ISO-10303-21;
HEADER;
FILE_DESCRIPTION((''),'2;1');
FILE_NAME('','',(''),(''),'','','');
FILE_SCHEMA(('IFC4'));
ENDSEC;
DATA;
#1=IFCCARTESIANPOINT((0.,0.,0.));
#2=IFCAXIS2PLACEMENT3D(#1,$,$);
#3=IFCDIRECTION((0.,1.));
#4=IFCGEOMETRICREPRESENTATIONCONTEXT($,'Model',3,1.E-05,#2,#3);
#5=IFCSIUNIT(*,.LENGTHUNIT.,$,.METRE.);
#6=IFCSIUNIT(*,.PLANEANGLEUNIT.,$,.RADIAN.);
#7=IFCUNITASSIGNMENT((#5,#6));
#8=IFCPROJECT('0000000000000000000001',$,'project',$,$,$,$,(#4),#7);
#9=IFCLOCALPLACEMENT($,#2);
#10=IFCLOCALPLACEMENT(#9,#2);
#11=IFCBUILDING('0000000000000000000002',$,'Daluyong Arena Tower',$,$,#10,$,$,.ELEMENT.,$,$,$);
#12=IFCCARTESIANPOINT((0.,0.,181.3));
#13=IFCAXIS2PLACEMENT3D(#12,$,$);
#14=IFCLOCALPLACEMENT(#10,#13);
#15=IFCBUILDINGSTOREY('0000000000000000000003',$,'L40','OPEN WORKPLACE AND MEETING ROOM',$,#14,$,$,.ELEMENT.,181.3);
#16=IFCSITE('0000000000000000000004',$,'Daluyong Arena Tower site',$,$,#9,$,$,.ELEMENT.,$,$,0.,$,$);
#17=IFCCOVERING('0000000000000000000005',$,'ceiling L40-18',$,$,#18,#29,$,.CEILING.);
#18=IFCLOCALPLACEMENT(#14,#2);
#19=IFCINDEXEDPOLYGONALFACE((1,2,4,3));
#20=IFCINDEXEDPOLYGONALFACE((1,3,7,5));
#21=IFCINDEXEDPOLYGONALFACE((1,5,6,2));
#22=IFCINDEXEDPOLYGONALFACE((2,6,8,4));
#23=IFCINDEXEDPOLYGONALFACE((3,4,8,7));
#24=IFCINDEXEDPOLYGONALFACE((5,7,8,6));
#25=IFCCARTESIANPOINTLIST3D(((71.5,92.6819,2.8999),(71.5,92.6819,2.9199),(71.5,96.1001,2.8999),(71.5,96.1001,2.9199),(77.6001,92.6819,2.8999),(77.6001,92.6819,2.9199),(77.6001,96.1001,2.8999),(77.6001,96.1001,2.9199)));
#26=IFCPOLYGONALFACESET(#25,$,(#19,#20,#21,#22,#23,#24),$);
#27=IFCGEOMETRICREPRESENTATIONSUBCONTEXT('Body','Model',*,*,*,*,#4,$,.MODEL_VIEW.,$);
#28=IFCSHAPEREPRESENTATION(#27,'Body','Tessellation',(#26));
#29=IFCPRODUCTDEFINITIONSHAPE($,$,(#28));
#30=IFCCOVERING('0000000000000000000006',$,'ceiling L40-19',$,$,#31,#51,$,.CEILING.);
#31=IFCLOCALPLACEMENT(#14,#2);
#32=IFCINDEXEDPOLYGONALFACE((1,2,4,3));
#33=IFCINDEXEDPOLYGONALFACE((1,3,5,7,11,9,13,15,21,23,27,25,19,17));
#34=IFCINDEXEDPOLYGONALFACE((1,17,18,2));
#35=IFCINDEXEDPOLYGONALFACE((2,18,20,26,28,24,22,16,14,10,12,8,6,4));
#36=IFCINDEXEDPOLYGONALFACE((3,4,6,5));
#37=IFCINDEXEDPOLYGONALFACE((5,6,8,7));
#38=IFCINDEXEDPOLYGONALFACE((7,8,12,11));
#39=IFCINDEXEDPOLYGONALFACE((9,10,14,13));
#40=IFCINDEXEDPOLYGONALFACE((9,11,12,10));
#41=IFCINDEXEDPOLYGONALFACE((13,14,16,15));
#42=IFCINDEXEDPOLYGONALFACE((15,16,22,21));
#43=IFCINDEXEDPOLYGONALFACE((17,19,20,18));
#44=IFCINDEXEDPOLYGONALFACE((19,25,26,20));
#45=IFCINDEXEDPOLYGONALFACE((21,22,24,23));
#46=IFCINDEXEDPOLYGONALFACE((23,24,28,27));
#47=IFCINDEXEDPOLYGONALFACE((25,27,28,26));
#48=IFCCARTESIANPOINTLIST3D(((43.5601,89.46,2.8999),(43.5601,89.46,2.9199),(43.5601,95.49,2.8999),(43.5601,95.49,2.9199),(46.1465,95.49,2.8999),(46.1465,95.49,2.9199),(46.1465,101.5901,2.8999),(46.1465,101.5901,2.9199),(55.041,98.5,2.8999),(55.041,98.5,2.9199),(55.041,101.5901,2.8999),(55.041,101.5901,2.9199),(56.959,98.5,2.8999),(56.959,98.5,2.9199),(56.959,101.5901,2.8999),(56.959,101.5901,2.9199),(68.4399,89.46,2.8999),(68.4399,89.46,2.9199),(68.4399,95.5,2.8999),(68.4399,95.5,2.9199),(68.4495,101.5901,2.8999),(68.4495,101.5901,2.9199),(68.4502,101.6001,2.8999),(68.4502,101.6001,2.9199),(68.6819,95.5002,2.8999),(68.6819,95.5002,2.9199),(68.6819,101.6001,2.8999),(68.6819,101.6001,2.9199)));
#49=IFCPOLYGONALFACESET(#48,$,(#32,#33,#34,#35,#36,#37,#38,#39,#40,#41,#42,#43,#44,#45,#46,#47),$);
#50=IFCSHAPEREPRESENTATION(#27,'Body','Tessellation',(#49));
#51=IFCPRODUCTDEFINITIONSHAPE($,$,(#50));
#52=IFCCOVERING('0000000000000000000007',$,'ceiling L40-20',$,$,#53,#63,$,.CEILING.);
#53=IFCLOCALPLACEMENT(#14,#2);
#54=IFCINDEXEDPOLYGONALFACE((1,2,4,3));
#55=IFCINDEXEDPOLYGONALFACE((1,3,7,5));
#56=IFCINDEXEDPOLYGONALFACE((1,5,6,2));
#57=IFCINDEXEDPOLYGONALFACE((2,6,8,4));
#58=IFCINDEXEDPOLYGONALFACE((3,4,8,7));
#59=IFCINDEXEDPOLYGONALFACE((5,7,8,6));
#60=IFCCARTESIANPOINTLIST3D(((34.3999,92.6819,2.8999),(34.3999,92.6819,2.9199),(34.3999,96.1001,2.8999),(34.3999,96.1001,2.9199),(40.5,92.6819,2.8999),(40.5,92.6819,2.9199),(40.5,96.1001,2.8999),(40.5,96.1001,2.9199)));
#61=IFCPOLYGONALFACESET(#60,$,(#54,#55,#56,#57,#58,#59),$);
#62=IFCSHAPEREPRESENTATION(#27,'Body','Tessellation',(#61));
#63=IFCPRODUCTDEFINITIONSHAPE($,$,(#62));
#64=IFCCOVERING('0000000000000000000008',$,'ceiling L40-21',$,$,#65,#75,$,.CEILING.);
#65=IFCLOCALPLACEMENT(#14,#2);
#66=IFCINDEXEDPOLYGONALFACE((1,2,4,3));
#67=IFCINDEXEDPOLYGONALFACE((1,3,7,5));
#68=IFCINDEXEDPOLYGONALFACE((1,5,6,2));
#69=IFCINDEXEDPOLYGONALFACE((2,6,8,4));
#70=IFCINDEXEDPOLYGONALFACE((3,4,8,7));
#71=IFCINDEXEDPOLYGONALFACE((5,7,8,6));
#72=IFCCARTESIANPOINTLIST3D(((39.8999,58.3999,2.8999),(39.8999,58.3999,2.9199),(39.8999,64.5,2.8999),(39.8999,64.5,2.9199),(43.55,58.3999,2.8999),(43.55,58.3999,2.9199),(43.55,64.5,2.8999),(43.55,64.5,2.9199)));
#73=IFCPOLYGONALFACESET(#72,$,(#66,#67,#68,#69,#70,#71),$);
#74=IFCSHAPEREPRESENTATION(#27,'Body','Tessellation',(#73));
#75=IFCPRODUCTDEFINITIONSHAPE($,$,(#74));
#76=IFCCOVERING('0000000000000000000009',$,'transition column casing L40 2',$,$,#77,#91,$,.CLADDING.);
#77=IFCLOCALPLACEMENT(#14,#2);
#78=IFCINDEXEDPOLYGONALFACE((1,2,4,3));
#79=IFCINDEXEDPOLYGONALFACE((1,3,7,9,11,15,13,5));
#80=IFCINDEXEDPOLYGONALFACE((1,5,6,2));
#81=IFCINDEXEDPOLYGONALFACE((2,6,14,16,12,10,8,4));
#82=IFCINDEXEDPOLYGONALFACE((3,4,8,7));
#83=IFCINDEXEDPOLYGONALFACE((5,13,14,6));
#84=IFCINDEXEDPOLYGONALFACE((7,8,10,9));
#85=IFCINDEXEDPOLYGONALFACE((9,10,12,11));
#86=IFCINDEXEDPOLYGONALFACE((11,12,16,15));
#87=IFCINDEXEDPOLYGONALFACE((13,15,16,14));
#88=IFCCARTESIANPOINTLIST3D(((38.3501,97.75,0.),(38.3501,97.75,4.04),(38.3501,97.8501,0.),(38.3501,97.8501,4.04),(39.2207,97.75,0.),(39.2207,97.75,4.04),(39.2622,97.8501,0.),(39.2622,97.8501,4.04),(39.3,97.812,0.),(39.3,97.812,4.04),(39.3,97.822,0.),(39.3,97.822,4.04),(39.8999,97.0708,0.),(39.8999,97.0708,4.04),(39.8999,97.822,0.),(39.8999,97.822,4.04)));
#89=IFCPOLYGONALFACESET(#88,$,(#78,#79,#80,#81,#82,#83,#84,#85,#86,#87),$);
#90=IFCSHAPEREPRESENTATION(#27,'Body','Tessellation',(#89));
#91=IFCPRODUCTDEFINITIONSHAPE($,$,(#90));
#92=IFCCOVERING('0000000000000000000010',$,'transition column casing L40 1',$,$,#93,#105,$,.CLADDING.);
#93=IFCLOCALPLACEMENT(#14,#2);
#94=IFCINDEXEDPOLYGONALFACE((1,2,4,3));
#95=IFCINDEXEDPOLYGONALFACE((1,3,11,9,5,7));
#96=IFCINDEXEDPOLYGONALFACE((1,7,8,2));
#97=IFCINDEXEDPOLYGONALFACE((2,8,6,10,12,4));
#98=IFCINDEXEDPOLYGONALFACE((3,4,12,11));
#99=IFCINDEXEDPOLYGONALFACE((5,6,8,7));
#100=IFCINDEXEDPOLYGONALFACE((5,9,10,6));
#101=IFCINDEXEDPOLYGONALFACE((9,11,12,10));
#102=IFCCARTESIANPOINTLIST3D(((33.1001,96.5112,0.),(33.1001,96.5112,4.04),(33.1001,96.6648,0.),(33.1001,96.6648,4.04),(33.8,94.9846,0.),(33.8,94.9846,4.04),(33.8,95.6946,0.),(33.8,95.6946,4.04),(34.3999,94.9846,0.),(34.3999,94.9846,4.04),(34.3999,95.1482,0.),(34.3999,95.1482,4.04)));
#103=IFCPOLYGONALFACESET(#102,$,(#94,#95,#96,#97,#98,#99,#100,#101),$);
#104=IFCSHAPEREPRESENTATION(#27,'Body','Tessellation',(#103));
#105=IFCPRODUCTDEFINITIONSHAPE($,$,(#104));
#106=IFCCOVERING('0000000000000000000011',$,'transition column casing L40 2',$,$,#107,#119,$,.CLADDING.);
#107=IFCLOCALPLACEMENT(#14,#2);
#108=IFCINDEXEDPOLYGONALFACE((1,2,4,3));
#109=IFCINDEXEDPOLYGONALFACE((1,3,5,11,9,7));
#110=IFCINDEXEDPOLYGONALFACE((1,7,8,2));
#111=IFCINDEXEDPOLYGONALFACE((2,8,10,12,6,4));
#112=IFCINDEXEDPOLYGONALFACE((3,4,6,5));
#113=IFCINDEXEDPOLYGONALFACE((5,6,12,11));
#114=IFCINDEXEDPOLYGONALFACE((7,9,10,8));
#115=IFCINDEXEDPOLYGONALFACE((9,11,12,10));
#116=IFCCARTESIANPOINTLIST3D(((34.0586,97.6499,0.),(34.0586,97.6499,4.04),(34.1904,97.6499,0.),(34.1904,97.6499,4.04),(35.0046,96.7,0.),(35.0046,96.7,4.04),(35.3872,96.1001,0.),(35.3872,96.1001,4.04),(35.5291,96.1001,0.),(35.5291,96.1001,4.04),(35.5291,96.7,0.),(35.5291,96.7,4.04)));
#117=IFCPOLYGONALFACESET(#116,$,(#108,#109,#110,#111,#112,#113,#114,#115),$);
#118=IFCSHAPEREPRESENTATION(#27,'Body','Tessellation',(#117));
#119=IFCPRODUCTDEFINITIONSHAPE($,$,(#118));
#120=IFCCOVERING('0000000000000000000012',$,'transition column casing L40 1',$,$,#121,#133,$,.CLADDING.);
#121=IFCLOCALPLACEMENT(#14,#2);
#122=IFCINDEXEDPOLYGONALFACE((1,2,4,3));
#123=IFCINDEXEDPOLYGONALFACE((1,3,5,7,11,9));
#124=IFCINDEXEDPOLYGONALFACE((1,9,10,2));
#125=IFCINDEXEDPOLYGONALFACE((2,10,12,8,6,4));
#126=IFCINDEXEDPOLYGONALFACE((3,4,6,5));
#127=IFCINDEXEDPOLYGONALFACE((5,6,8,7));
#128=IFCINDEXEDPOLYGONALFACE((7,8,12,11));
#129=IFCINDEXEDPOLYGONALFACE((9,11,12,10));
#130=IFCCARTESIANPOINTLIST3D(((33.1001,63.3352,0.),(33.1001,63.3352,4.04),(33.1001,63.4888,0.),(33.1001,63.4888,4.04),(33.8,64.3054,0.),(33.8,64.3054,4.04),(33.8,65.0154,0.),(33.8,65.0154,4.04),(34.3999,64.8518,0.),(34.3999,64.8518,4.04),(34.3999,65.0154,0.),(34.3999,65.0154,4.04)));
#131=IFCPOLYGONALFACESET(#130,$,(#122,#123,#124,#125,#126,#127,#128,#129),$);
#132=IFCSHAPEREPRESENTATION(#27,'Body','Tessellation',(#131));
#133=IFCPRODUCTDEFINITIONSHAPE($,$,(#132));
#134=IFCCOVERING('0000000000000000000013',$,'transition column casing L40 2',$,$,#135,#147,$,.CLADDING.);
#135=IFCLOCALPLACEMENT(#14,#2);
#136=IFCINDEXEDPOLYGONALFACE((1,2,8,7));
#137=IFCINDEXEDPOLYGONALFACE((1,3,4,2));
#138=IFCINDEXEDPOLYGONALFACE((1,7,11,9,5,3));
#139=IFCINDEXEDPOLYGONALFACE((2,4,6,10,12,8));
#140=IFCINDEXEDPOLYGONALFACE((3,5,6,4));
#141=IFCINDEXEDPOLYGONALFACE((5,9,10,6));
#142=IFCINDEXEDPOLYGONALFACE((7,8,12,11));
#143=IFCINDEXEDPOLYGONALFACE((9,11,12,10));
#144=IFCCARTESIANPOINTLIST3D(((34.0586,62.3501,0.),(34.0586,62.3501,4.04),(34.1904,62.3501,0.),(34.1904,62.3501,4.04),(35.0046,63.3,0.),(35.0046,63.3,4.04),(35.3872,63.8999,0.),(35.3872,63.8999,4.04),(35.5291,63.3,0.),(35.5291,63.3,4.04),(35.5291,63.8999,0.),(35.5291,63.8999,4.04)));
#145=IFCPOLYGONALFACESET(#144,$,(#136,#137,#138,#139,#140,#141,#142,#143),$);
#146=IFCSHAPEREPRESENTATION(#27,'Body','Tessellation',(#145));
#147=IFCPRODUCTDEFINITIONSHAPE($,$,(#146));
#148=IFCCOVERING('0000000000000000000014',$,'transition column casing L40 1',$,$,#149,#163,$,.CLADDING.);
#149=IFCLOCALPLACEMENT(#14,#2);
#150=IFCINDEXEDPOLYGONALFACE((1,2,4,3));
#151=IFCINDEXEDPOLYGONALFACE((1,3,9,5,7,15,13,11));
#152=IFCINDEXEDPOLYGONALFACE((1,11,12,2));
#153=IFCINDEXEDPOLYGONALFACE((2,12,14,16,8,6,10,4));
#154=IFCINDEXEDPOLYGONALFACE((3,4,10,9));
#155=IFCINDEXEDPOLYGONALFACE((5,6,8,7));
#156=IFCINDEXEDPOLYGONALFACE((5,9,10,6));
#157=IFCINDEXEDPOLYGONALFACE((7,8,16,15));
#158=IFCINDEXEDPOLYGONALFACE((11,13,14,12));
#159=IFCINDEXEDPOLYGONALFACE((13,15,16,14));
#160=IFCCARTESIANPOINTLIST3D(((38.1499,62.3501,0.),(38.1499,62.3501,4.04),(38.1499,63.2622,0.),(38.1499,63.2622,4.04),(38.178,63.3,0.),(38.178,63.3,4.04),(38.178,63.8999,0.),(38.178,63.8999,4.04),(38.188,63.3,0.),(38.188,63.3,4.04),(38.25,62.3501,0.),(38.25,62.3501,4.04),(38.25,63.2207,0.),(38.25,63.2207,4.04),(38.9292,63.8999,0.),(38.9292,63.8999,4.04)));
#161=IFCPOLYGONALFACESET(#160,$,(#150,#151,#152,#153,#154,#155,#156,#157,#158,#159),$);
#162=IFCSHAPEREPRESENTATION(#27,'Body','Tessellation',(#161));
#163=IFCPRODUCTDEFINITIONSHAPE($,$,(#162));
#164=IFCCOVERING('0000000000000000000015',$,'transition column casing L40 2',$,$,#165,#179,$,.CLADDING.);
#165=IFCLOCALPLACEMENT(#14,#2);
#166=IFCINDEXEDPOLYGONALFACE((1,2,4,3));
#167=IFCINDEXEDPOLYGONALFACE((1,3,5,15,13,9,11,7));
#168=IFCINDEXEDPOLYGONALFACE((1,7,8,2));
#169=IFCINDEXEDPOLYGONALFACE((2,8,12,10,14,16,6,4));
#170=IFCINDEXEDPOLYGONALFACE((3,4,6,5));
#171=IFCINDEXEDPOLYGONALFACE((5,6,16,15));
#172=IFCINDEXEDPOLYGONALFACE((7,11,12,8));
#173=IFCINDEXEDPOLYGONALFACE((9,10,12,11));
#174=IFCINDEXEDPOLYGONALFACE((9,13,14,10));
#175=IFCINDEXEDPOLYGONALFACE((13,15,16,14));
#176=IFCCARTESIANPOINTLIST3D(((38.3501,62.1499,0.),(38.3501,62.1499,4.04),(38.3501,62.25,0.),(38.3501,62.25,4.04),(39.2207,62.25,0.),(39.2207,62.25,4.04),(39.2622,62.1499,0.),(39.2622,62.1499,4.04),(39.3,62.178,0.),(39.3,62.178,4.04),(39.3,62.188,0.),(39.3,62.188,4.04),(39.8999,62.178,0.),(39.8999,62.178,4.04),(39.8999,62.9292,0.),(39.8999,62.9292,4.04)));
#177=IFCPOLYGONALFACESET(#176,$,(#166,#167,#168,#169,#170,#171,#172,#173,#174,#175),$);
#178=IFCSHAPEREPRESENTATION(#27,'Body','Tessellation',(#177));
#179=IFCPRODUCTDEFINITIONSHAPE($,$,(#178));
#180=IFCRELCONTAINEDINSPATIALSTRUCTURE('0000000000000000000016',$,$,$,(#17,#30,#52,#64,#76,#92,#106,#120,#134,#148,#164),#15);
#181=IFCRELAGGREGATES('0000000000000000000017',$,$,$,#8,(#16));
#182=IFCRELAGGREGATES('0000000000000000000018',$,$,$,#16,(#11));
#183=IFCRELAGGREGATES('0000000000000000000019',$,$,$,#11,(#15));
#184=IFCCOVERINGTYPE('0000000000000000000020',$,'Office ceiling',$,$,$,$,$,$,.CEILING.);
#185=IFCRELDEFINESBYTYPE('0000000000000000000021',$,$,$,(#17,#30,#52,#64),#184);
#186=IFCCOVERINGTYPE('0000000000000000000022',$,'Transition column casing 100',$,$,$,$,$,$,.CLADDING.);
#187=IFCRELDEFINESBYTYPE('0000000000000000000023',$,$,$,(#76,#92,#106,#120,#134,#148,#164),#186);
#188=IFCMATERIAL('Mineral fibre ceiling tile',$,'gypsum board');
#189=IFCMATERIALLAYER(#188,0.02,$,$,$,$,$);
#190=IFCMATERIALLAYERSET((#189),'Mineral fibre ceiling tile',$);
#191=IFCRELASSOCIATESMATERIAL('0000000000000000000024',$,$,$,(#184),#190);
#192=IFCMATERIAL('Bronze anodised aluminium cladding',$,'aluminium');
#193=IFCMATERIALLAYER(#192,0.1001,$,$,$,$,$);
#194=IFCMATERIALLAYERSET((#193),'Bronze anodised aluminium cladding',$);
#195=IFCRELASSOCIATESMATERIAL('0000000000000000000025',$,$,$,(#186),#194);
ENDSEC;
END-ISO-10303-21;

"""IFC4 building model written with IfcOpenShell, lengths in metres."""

from ifc_helpers import new_model, si_unit, direction, frame, origin, place, context, subcontext, project, spatial, polyline, outline, extrude, material, layer, layer_set, type_object, element, save


model = new_model("IFC4")

# Units and contexts
model_context = context("Model", 3, precision=1e-05, world=origin(), true_north=direction((0.0, 1.0)))
body_context = subcontext(model_context, "Body", "Model", "MODEL_VIEW")
ifc_project = project(units=[si_unit("LENGTHUNIT", "METRE"), si_unit("PLANEANGLEUNIT", "RADIAN")], contexts=[model_context])

# Site, building, storey
site_placement = place(None, origin())
site = spatial("IfcSite", under=ifc_project, at=site_placement, Name="Daluyong Arena Tower site", CompositionType="ELEMENT", RefElevation=0.0)
building_placement = place(site_placement, origin())
building = spatial("IfcBuilding", under=site, at=building_placement, Name="Daluyong Arena Tower", CompositionType="ELEMENT")
storey_placement = place(building_placement, frame((0.0, 0.0, 181.3)))
storey = spatial("IfcBuildingStorey", under=building, at=storey_placement, Name="L40", Description="OPEN WORKPLACE AND MEETING ROOM", CompositionType="ELEMENT", Elevation=181.3)

# Coverings
ifc_material_1 = material(Name="Mineral fibre ceiling tile", Category="gypsum board")
ifc_layer_1 = layer(ifc_material_1, 0.02)
ifc_layer_set_1 = layer_set([ifc_layer_1], Name="Mineral fibre ceiling tile")
covering_type_1 = type_object("IfcCoveringType", Name="Office ceiling", PredefinedType="CEILING", material=ifc_layer_set_1)
covering_1_placement = place(storey_placement, frame((0.0, 0.0, 2.8999)))
element("IfcCovering", 1, at=covering_1_placement, inside=storey, type_object=covering_type_1, Name="ceiling L40-18", PredefinedType="CEILING", context=body_context, shape_type="SweptSolid", body=[
    extrude(outline(polyline([(77.6001, 96.1001), (71.5, 96.1001), (71.5, 92.6819), (77.6001, 92.6819), (77.6001, 96.1001)])), origin(), (0.0, 0.0, 1.0), 0.02),
])
covering_2_placement = place(storey_placement, frame((0.0, 0.0, 2.8999)))
element("IfcCovering", 2, at=covering_2_placement, inside=storey, type_object=covering_type_1, Name="ceiling L40-19", PredefinedType="CEILING", context=body_context, shape_type="SweptSolid", body=[
    extrude(outline(polyline([(43.5601, 95.49), (43.5601, 89.46), (68.4399, 89.46), (68.4399, 95.5), (68.6819, 95.5002), (68.6819, 101.6001), (68.4502, 101.6001), (68.4495, 101.5901), (56.959, 101.5901), (56.959, 98.5), (55.041, 98.5), (55.041, 101.5901), (46.1465, 101.5901), (46.1465, 95.49), (43.5601, 95.49)])), origin(), (0.0, 0.0, 1.0), 0.02),
])
covering_3_placement = place(storey_placement, frame((0.0, 0.0, 2.8999)))
element("IfcCovering", 3, at=covering_3_placement, inside=storey, type_object=covering_type_1, Name="ceiling L40-20", PredefinedType="CEILING", context=body_context, shape_type="SweptSolid", body=[
    extrude(outline(polyline([(40.5, 92.6819), (40.5, 96.1001), (34.3999, 96.1001), (34.3999, 92.6819), (40.5, 92.6819)])), origin(), (0.0, 0.0, 1.0), 0.02),
])
covering_4_placement = place(storey_placement, frame((0.0, 0.0, 2.8999)))
element("IfcCovering", 4, at=covering_4_placement, inside=storey, type_object=covering_type_1, Name="ceiling L40-21", PredefinedType="CEILING", context=body_context, shape_type="SweptSolid", body=[
    extrude(outline(polyline([(39.8999, 58.3999), (43.55, 58.3999), (43.55, 64.5), (39.8999, 64.5), (39.8999, 58.3999)])), origin(), (0.0, 0.0, 1.0), 0.02),
])
ifc_material_2 = material(Name="Bronze anodised aluminium cladding", Category="aluminium")
ifc_layer_2 = layer(ifc_material_2, 0.1001)
ifc_layer_set_2 = layer_set([ifc_layer_2], Name="Bronze anodised aluminium cladding")
covering_type_2 = type_object("IfcCoveringType", Name="Transition column casing 100", PredefinedType="CLADDING", material=ifc_layer_set_2)
covering_5_placement = place(storey_placement, origin())
element("IfcCovering", 5, at=covering_5_placement, inside=storey, type_object=covering_type_2, Name="transition column casing L40 2", PredefinedType="CLADDING", context=body_context, shape_type="SweptSolid", body=[
    extrude(outline(polyline([(39.2622, 97.8501), (39.3, 97.812), (39.3, 97.822), (39.8999, 97.822), (39.8999, 97.0708), (39.2207, 97.75), (38.3501, 97.75), (38.3501, 97.8501), (39.2622, 97.8501)])), origin(), (0.0, 0.0, 1.0), 4.04),
])
covering_6_placement = place(storey_placement, origin())
element("IfcCovering", 6, at=covering_6_placement, inside=storey, type_object=covering_type_2, Name="transition column casing L40 1", PredefinedType="CLADDING", context=body_context, shape_type="SweptSolid", body=[
    extrude(outline(polyline([(34.3999, 95.1482), (34.3999, 94.9846), (33.8, 94.9846), (33.8, 95.6946), (33.1001, 96.5112), (33.1001, 96.6648), (34.3999, 95.1482)])), origin(), (0.0, 0.0, 1.0), 4.04),
])
covering_7_placement = place(storey_placement, origin())
element("IfcCovering", 7, at=covering_7_placement, inside=storey, type_object=covering_type_2, Name="transition column casing L40 2", PredefinedType="CLADDING", context=body_context, shape_type="SweptSolid", body=[
    extrude(outline(polyline([(35.0046, 96.7), (35.5291, 96.7), (35.5291, 96.1001), (35.3872, 96.1001), (34.0586, 97.6499), (34.1904, 97.6499), (35.0046, 96.7)])), origin(), (0.0, 0.0, 1.0), 4.04),
])
covering_8_placement = place(storey_placement, origin())
element("IfcCovering", 8, at=covering_8_placement, inside=storey, type_object=covering_type_2, Name="transition column casing L40 1", PredefinedType="CLADDING", context=body_context, shape_type="SweptSolid", body=[
    extrude(outline(polyline([(33.8, 64.3054), (33.8, 65.0154), (34.3999, 65.0154), (34.3999, 64.8518), (33.1001, 63.3352), (33.1001, 63.4888), (33.8, 64.3054)])), origin(), (0.0, 0.0, 1.0), 4.04),
])
covering_9_placement = place(storey_placement, origin())
element("IfcCovering", 9, at=covering_9_placement, inside=storey, type_object=covering_type_2, Name="transition column casing L40 2", PredefinedType="CLADDING", context=body_context, shape_type="SweptSolid", body=[
    extrude(outline(polyline([(35.3872, 63.8999), (35.5291, 63.8999), (35.5291, 63.3), (35.0046, 63.3), (34.1904, 62.3501), (34.0586, 62.3501), (35.3872, 63.8999)])), origin(), (0.0, 0.0, 1.0), 4.04),
])
covering_10_placement = place(storey_placement, origin())
element("IfcCovering", 10, at=covering_10_placement, inside=storey, type_object=covering_type_2, Name="transition column casing L40 1", PredefinedType="CLADDING", context=body_context, shape_type="SweptSolid", body=[
    extrude(outline(polyline([(38.1499, 63.2622), (38.188, 63.3), (38.178, 63.3), (38.178, 63.8999), (38.9292, 63.8999), (38.25, 63.2207), (38.25, 62.3501), (38.1499, 62.3501), (38.1499, 63.2622)])), origin(), (0.0, 0.0, 1.0), 4.04),
])
covering_11_placement = place(storey_placement, origin())
element("IfcCovering", 11, at=covering_11_placement, inside=storey, type_object=covering_type_2, Name="transition column casing L40 2", PredefinedType="CLADDING", context=body_context, shape_type="SweptSolid", body=[
    extrude(outline(polyline([(39.2207, 62.25), (39.8999, 62.9292), (39.8999, 62.178), (39.3, 62.178), (39.3, 62.188), (39.2622, 62.1499), (38.3501, 62.1499), (38.3501, 62.25), (39.2207, 62.25)])), origin(), (0.0, 0.0, 1.0), 4.04),
])

save(model, "model.ifc")
